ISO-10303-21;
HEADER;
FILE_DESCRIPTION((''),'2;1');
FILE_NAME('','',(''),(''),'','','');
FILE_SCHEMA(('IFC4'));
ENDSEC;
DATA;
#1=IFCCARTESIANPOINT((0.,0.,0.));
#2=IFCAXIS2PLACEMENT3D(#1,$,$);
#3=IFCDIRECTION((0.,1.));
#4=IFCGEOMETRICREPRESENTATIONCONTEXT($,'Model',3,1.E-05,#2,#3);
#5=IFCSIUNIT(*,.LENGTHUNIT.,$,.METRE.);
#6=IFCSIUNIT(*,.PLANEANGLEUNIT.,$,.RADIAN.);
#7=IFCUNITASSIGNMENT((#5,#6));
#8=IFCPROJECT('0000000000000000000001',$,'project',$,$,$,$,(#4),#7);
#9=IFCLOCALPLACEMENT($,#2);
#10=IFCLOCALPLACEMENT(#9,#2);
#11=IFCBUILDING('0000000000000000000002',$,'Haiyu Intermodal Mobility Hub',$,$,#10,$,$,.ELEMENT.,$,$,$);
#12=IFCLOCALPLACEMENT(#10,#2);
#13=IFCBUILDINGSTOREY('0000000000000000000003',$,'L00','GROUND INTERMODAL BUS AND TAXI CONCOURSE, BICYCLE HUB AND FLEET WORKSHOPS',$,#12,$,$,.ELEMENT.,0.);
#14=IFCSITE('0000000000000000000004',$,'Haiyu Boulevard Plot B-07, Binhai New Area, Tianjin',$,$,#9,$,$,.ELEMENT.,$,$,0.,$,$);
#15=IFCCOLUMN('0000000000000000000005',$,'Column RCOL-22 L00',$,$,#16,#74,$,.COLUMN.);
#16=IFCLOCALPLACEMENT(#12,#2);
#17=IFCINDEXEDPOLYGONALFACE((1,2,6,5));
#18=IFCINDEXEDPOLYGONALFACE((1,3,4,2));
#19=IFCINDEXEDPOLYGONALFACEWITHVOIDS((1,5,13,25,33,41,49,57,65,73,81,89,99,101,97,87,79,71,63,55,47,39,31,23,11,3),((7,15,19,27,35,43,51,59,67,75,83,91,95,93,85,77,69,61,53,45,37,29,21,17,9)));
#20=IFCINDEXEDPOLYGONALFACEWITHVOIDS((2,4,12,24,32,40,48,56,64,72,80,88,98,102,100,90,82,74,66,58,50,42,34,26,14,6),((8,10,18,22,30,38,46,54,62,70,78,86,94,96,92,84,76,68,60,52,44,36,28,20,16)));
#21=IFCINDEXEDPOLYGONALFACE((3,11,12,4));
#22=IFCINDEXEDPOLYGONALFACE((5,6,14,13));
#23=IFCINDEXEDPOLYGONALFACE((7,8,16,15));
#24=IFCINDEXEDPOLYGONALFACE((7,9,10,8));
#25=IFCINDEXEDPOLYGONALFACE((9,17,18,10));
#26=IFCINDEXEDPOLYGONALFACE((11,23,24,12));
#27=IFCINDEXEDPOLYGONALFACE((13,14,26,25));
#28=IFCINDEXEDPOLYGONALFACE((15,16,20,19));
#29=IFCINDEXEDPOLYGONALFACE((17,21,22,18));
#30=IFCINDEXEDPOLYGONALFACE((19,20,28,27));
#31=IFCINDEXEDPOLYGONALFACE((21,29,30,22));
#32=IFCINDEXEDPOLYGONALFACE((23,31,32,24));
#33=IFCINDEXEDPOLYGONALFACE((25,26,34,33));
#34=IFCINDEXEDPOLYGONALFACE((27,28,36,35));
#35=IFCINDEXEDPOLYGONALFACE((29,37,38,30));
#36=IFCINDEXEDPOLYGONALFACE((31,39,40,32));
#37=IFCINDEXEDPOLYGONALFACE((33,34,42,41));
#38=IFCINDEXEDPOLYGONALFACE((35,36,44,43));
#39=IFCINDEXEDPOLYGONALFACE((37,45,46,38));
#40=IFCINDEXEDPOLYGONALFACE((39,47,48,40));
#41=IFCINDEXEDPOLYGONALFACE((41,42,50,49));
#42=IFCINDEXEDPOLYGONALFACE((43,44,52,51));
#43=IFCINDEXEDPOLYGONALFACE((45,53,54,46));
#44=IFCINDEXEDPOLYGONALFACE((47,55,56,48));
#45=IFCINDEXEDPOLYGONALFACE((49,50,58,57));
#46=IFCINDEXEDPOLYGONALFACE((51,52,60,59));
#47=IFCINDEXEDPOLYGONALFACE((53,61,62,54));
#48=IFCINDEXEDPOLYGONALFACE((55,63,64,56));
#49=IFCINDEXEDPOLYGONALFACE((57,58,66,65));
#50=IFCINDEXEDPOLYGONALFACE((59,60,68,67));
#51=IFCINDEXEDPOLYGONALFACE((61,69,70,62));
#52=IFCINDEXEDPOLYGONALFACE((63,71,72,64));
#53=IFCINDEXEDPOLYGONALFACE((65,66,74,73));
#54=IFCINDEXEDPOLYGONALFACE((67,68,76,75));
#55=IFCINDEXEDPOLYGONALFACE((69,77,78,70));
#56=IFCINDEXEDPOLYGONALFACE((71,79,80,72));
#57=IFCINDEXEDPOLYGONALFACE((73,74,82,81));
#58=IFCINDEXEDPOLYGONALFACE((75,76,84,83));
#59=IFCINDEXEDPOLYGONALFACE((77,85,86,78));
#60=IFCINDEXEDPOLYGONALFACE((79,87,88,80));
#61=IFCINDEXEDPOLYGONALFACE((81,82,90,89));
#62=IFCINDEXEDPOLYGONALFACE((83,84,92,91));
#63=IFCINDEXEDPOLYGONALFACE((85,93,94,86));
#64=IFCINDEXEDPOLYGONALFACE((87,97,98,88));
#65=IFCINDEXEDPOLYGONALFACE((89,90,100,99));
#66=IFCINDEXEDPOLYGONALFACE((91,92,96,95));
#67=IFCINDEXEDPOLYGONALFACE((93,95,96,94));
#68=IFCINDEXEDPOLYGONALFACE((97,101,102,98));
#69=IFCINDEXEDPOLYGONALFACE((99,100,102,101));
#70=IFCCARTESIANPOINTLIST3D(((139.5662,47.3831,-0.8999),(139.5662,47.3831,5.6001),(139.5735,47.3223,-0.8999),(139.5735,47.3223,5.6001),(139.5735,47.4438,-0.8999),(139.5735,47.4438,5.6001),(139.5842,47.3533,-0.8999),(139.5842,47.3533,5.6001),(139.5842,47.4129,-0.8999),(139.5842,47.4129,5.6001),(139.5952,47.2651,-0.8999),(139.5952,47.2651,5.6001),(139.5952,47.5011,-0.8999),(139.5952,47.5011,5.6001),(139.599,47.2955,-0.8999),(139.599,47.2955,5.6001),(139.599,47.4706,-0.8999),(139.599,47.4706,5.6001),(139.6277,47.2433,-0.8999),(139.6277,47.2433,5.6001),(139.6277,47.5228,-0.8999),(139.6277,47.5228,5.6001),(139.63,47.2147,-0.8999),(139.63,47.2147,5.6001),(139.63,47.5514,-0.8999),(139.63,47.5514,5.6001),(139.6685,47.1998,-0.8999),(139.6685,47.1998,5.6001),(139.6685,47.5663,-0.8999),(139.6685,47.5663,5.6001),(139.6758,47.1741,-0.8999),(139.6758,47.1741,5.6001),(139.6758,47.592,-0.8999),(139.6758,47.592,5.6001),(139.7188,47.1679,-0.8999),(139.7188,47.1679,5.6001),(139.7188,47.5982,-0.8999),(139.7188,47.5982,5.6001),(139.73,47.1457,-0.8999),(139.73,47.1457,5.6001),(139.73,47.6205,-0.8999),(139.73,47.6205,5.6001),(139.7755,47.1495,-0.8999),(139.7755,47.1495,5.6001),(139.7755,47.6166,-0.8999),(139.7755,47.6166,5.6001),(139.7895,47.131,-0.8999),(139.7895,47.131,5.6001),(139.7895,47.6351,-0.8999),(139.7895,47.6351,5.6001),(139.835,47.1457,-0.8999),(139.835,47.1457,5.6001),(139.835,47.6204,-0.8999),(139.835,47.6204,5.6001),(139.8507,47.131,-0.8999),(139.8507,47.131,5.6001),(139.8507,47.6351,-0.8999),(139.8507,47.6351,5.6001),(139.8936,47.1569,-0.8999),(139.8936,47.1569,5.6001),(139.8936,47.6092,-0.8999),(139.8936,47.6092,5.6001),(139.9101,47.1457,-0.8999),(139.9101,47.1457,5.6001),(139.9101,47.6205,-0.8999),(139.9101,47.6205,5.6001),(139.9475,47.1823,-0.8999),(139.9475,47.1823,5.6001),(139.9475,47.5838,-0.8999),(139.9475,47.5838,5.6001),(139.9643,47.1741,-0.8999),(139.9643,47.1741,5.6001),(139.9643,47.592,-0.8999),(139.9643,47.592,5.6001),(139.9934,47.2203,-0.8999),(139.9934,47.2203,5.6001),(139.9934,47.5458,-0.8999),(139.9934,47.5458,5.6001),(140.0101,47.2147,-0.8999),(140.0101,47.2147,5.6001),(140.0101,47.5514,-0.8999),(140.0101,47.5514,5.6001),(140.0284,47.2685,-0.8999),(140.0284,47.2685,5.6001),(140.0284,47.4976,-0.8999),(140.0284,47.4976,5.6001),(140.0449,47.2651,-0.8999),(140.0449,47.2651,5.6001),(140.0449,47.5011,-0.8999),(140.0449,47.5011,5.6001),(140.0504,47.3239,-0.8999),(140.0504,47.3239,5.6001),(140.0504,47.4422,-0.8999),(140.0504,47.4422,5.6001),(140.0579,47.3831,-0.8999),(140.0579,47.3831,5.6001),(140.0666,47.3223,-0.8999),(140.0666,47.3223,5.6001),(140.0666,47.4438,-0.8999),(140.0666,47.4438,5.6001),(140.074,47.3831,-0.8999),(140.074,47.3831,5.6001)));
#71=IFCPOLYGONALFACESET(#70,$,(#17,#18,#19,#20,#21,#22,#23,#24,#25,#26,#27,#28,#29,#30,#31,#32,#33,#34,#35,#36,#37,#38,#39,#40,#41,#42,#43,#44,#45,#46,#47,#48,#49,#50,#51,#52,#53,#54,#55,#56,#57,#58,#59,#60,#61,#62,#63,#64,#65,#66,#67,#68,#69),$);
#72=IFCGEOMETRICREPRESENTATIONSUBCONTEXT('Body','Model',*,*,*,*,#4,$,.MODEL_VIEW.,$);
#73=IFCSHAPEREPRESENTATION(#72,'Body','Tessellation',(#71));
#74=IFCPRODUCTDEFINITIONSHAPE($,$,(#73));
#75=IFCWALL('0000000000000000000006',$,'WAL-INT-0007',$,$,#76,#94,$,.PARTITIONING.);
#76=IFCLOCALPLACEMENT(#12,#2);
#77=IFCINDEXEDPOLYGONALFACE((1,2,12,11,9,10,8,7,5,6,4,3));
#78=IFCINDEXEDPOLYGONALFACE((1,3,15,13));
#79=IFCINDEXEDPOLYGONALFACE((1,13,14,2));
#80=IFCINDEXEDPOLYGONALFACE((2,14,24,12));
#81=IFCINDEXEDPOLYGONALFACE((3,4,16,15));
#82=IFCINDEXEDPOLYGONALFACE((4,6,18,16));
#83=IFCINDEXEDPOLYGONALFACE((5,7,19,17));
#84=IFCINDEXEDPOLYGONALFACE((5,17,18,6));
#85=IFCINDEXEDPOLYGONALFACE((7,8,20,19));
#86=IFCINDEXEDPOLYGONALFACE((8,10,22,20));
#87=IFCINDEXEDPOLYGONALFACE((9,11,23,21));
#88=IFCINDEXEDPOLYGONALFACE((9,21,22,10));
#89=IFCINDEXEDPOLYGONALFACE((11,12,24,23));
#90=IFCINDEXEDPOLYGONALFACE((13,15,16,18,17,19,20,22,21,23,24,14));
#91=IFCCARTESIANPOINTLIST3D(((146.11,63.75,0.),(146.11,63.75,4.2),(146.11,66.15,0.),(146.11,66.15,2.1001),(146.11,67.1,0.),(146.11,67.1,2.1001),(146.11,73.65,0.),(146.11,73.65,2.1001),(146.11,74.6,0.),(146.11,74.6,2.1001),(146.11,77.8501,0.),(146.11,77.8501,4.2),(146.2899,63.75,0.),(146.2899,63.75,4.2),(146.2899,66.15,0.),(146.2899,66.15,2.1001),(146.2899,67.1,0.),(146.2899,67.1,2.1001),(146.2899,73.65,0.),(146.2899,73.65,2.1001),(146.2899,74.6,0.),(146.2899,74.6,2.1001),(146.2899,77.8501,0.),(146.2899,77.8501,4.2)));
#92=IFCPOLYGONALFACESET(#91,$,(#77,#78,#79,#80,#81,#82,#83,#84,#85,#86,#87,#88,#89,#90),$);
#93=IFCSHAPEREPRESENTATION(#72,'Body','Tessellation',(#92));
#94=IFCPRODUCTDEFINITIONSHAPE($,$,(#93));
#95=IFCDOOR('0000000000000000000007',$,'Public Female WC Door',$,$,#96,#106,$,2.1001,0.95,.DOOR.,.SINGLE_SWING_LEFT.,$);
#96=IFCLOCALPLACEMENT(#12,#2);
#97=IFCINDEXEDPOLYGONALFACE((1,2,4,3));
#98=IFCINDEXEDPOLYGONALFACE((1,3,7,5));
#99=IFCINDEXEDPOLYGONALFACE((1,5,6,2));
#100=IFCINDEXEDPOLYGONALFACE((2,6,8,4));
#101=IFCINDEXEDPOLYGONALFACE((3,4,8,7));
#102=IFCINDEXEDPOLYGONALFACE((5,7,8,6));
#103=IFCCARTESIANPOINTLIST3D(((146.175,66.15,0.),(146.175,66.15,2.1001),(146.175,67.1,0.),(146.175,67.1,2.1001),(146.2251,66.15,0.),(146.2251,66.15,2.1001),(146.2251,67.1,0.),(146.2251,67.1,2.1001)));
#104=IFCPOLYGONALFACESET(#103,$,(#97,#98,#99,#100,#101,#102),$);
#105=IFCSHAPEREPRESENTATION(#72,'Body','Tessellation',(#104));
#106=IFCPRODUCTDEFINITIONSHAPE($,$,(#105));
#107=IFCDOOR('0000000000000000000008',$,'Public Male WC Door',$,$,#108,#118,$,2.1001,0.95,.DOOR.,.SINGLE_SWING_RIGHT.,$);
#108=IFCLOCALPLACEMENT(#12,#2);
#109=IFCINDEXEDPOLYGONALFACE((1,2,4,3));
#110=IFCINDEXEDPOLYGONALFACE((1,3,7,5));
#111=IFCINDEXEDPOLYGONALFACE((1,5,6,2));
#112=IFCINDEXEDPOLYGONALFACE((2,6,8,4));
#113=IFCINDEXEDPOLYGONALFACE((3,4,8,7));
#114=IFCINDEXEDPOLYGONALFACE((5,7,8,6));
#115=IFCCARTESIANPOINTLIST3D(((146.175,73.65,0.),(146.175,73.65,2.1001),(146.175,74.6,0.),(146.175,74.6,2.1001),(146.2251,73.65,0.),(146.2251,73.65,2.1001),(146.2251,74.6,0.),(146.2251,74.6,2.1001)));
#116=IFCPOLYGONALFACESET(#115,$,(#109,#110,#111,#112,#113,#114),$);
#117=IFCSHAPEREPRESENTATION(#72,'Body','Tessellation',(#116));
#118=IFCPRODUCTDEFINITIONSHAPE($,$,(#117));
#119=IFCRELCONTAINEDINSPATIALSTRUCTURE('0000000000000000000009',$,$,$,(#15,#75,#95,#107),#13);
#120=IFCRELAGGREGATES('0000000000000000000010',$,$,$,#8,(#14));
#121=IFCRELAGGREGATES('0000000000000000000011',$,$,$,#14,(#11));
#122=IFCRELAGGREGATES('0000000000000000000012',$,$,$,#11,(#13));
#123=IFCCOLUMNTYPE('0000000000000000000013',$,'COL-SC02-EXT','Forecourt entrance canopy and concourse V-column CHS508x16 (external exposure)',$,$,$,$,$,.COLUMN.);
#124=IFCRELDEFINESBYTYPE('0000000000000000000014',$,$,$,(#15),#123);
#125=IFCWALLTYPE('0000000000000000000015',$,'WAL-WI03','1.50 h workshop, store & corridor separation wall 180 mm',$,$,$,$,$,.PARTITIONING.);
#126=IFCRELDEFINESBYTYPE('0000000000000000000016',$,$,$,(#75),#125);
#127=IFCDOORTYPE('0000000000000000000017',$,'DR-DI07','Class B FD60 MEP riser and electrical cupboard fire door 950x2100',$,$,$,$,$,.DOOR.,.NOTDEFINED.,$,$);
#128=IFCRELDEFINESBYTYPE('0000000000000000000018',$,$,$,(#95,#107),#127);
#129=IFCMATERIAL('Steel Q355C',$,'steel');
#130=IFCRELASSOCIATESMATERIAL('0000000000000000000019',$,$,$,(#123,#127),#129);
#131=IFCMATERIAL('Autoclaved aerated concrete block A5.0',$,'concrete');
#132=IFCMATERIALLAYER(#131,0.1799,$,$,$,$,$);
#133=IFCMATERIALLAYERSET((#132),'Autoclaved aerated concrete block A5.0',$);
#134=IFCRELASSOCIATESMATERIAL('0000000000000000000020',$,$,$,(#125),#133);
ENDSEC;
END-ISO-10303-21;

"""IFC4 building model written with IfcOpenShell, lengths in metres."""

from ifc_helpers import new_model, si_unit, direction, frame, frame_2d, origin, origin_2d, place, context, subcontext, project, spatial, rectangle, hollow_circle, extrude, material, layer, layer_set, material_profile, profile_set, type_object, element, fill, save


model = new_model("IFC4")

# Units and contexts
model_context = context("Model", 3, precision=1e-05, world=origin(), true_north=direction((0.0, 1.0)))
body_context = subcontext(model_context, "Body", "Model", "MODEL_VIEW")
ifc_project = project(units=[si_unit("LENGTHUNIT", "METRE"), si_unit("PLANEANGLEUNIT", "RADIAN")], contexts=[model_context])

# Site, building, storey
site_placement = place(None, origin())
site = spatial("IfcSite", under=ifc_project, at=site_placement, Name="Haiyu Boulevard Plot B-07, Binhai New Area, Tianjin", CompositionType="ELEMENT", RefElevation=0.0)
building_placement = place(site_placement, origin())
building = spatial("IfcBuilding", under=site, at=building_placement, Name="Haiyu Intermodal Mobility Hub", CompositionType="ELEMENT")
storey_placement = place(building_placement, origin())
storey = spatial("IfcBuildingStorey", under=building, at=storey_placement, Name="L00", Description="GROUND INTERMODAL BUS AND TAXI CONCOURSE, BICYCLE HUB AND FLEET WORKSHOPS", CompositionType="ELEMENT", Elevation=0.0)

# Column
ifc_material_1 = material(Name="Steel Q355C", Category="steel")
ifc_material_profile_1 = material_profile(ifc_material_1, hollow_circle(Radius=0.2539, WallThickness=0.0161, at=origin_2d()), Name="CHS508x16")
ifc_profile_set_1 = profile_set([ifc_material_profile_1], Name="Steel Q355C")
column_type_1 = type_object("IfcColumnType", Name="COL-SC02-EXT", Description="Forecourt entrance canopy and concourse V-column CHS508x16 (external exposure)", PredefinedType="COLUMN", material=ifc_profile_set_1)
for number, where, z_axis, x_axis, name in (
    (1, (139.8201, 47.3831, -0.8999), (0.0, 0.0, 1.0), (1.0, 0.0, 0.0), "Column RCOL-22 L00"),
):
    element("IfcColumn", number, at=place(storey_placement, frame(where, z_axis=z_axis, x_axis=x_axis)), inside=storey, type_object=column_type_1, Name=name, PredefinedType="COLUMN", context=body_context, shape_type="SweptSolid", body=[
        extrude(hollow_circle(Radius=0.2539, WallThickness=0.0161, at=origin_2d()), origin(), (0.0, 0.0, 1.0), 6.5),
    ])

# Wall, openings, doors
ifc_material_2 = material(Name="Autoclaved aerated concrete block A5.0", Category="concrete")
ifc_layer_1 = layer(ifc_material_2, 0.1799)
ifc_layer_set_1 = layer_set([ifc_layer_1], Name="Autoclaved aerated concrete block A5.0")
wall_type = type_object("IfcWallType", Name="WAL-WI03", Description="1.50 h workshop, store & corridor separation wall 180 mm", PredefinedType="PARTITIONING", material=ifc_layer_set_1)
wall_placement = place(storey_placement, frame((146.2, 63.75, 0.0), z_axis=(0.0, 0.0, 1.0), x_axis=(0.0, 1.0, 0.0)))
wall = element("IfcWall", 2, at=wall_placement, inside=storey, type_object=wall_type, Name="WAL-INT-0007", PredefinedType="PARTITIONING", context=body_context, shape_type="SweptSolid", body=[
    extrude(rectangle(XDim=14.1001, YDim=0.1799, at=frame_2d((7.05, 0.0))), origin(), (0.0, 0.0, 1.0), 4.2),
])
opening_1_placement = place(wall_placement, frame((2.3999, 0.0, 0.0)))
opening_1 = element("IfcOpeningElement", 3, at=opening_1_placement, cuts=wall, PredefinedType="OPENING", context=body_context, shape_type="SweptSolid", body=[
    extrude(rectangle(XDim=0.95, YDim=2.1001, at=frame_2d((0.4751, 1.05))), frame((0.0, 0.1001, 0.0), z_axis=(0.0, -1.0, 0.0), x_axis=(1.0, 0.0, 0.0)), (0.0, 0.0, 1.0), 0.2),
])
opening_2_placement = place(wall_placement, frame((9.8999, 0.0, 0.0)))
opening_2 = element("IfcOpeningElement", 4, at=opening_2_placement, cuts=wall, PredefinedType="OPENING", context=body_context, shape_type="SweptSolid", body=[
    extrude(rectangle(XDim=0.95, YDim=2.1001, at=frame_2d((0.4751, 1.05))), frame((0.0, 0.1001, 0.0), z_axis=(0.0, -1.0, 0.0), x_axis=(1.0, 0.0, 0.0)), (0.0, 0.0, 1.0), 0.2),
])
door_type = type_object("IfcDoorType", Name="DR-DI07", Description="Class B FD60 MEP riser and electrical cupboard fire door 950x2100", OperationType="NOTDEFINED", PredefinedType="DOOR", material=ifc_material_1)
door_1_placement = place(opening_1_placement, origin())
door_1 = element("IfcDoor", 5, at=door_1_placement, inside=storey, type_object=door_type, Name="Public Female WC Door", OperationType="SINGLE_SWING_LEFT", OverallHeight=2.1001, OverallWidth=0.95, PredefinedType="DOOR", context=body_context, shape_type="SweptSolid", body=[
    extrude(rectangle(XDim=0.95, YDim=2.1001, at=frame_2d((0.4751, 1.05))), frame((0.0, 0.0249, 0.0), z_axis=(0.0, -1.0, 0.0), x_axis=(1.0, 0.0, 0.0)), (0.0, 0.0, 1.0), 0.05),
])
fill(opening_1, door_1)
door_2_placement = place(opening_2_placement, origin())
door_2 = element("IfcDoor", 6, at=door_2_placement, inside=storey, type_object=door_type, Name="Public Male WC Door", OperationType="SINGLE_SWING_RIGHT", OverallHeight=2.1001, OverallWidth=0.95, PredefinedType="DOOR", context=body_context, shape_type="SweptSolid", body=[
    extrude(rectangle(XDim=0.95, YDim=2.1001, at=frame_2d((0.4751, 1.05))), frame((0.0, 0.0249, 0.0), z_axis=(0.0, -1.0, 0.0), x_axis=(1.0, 0.0, 0.0)), (0.0, 0.0, 1.0), 0.05),
])
fill(opening_2, door_2)

save(model, "model.ifc")
